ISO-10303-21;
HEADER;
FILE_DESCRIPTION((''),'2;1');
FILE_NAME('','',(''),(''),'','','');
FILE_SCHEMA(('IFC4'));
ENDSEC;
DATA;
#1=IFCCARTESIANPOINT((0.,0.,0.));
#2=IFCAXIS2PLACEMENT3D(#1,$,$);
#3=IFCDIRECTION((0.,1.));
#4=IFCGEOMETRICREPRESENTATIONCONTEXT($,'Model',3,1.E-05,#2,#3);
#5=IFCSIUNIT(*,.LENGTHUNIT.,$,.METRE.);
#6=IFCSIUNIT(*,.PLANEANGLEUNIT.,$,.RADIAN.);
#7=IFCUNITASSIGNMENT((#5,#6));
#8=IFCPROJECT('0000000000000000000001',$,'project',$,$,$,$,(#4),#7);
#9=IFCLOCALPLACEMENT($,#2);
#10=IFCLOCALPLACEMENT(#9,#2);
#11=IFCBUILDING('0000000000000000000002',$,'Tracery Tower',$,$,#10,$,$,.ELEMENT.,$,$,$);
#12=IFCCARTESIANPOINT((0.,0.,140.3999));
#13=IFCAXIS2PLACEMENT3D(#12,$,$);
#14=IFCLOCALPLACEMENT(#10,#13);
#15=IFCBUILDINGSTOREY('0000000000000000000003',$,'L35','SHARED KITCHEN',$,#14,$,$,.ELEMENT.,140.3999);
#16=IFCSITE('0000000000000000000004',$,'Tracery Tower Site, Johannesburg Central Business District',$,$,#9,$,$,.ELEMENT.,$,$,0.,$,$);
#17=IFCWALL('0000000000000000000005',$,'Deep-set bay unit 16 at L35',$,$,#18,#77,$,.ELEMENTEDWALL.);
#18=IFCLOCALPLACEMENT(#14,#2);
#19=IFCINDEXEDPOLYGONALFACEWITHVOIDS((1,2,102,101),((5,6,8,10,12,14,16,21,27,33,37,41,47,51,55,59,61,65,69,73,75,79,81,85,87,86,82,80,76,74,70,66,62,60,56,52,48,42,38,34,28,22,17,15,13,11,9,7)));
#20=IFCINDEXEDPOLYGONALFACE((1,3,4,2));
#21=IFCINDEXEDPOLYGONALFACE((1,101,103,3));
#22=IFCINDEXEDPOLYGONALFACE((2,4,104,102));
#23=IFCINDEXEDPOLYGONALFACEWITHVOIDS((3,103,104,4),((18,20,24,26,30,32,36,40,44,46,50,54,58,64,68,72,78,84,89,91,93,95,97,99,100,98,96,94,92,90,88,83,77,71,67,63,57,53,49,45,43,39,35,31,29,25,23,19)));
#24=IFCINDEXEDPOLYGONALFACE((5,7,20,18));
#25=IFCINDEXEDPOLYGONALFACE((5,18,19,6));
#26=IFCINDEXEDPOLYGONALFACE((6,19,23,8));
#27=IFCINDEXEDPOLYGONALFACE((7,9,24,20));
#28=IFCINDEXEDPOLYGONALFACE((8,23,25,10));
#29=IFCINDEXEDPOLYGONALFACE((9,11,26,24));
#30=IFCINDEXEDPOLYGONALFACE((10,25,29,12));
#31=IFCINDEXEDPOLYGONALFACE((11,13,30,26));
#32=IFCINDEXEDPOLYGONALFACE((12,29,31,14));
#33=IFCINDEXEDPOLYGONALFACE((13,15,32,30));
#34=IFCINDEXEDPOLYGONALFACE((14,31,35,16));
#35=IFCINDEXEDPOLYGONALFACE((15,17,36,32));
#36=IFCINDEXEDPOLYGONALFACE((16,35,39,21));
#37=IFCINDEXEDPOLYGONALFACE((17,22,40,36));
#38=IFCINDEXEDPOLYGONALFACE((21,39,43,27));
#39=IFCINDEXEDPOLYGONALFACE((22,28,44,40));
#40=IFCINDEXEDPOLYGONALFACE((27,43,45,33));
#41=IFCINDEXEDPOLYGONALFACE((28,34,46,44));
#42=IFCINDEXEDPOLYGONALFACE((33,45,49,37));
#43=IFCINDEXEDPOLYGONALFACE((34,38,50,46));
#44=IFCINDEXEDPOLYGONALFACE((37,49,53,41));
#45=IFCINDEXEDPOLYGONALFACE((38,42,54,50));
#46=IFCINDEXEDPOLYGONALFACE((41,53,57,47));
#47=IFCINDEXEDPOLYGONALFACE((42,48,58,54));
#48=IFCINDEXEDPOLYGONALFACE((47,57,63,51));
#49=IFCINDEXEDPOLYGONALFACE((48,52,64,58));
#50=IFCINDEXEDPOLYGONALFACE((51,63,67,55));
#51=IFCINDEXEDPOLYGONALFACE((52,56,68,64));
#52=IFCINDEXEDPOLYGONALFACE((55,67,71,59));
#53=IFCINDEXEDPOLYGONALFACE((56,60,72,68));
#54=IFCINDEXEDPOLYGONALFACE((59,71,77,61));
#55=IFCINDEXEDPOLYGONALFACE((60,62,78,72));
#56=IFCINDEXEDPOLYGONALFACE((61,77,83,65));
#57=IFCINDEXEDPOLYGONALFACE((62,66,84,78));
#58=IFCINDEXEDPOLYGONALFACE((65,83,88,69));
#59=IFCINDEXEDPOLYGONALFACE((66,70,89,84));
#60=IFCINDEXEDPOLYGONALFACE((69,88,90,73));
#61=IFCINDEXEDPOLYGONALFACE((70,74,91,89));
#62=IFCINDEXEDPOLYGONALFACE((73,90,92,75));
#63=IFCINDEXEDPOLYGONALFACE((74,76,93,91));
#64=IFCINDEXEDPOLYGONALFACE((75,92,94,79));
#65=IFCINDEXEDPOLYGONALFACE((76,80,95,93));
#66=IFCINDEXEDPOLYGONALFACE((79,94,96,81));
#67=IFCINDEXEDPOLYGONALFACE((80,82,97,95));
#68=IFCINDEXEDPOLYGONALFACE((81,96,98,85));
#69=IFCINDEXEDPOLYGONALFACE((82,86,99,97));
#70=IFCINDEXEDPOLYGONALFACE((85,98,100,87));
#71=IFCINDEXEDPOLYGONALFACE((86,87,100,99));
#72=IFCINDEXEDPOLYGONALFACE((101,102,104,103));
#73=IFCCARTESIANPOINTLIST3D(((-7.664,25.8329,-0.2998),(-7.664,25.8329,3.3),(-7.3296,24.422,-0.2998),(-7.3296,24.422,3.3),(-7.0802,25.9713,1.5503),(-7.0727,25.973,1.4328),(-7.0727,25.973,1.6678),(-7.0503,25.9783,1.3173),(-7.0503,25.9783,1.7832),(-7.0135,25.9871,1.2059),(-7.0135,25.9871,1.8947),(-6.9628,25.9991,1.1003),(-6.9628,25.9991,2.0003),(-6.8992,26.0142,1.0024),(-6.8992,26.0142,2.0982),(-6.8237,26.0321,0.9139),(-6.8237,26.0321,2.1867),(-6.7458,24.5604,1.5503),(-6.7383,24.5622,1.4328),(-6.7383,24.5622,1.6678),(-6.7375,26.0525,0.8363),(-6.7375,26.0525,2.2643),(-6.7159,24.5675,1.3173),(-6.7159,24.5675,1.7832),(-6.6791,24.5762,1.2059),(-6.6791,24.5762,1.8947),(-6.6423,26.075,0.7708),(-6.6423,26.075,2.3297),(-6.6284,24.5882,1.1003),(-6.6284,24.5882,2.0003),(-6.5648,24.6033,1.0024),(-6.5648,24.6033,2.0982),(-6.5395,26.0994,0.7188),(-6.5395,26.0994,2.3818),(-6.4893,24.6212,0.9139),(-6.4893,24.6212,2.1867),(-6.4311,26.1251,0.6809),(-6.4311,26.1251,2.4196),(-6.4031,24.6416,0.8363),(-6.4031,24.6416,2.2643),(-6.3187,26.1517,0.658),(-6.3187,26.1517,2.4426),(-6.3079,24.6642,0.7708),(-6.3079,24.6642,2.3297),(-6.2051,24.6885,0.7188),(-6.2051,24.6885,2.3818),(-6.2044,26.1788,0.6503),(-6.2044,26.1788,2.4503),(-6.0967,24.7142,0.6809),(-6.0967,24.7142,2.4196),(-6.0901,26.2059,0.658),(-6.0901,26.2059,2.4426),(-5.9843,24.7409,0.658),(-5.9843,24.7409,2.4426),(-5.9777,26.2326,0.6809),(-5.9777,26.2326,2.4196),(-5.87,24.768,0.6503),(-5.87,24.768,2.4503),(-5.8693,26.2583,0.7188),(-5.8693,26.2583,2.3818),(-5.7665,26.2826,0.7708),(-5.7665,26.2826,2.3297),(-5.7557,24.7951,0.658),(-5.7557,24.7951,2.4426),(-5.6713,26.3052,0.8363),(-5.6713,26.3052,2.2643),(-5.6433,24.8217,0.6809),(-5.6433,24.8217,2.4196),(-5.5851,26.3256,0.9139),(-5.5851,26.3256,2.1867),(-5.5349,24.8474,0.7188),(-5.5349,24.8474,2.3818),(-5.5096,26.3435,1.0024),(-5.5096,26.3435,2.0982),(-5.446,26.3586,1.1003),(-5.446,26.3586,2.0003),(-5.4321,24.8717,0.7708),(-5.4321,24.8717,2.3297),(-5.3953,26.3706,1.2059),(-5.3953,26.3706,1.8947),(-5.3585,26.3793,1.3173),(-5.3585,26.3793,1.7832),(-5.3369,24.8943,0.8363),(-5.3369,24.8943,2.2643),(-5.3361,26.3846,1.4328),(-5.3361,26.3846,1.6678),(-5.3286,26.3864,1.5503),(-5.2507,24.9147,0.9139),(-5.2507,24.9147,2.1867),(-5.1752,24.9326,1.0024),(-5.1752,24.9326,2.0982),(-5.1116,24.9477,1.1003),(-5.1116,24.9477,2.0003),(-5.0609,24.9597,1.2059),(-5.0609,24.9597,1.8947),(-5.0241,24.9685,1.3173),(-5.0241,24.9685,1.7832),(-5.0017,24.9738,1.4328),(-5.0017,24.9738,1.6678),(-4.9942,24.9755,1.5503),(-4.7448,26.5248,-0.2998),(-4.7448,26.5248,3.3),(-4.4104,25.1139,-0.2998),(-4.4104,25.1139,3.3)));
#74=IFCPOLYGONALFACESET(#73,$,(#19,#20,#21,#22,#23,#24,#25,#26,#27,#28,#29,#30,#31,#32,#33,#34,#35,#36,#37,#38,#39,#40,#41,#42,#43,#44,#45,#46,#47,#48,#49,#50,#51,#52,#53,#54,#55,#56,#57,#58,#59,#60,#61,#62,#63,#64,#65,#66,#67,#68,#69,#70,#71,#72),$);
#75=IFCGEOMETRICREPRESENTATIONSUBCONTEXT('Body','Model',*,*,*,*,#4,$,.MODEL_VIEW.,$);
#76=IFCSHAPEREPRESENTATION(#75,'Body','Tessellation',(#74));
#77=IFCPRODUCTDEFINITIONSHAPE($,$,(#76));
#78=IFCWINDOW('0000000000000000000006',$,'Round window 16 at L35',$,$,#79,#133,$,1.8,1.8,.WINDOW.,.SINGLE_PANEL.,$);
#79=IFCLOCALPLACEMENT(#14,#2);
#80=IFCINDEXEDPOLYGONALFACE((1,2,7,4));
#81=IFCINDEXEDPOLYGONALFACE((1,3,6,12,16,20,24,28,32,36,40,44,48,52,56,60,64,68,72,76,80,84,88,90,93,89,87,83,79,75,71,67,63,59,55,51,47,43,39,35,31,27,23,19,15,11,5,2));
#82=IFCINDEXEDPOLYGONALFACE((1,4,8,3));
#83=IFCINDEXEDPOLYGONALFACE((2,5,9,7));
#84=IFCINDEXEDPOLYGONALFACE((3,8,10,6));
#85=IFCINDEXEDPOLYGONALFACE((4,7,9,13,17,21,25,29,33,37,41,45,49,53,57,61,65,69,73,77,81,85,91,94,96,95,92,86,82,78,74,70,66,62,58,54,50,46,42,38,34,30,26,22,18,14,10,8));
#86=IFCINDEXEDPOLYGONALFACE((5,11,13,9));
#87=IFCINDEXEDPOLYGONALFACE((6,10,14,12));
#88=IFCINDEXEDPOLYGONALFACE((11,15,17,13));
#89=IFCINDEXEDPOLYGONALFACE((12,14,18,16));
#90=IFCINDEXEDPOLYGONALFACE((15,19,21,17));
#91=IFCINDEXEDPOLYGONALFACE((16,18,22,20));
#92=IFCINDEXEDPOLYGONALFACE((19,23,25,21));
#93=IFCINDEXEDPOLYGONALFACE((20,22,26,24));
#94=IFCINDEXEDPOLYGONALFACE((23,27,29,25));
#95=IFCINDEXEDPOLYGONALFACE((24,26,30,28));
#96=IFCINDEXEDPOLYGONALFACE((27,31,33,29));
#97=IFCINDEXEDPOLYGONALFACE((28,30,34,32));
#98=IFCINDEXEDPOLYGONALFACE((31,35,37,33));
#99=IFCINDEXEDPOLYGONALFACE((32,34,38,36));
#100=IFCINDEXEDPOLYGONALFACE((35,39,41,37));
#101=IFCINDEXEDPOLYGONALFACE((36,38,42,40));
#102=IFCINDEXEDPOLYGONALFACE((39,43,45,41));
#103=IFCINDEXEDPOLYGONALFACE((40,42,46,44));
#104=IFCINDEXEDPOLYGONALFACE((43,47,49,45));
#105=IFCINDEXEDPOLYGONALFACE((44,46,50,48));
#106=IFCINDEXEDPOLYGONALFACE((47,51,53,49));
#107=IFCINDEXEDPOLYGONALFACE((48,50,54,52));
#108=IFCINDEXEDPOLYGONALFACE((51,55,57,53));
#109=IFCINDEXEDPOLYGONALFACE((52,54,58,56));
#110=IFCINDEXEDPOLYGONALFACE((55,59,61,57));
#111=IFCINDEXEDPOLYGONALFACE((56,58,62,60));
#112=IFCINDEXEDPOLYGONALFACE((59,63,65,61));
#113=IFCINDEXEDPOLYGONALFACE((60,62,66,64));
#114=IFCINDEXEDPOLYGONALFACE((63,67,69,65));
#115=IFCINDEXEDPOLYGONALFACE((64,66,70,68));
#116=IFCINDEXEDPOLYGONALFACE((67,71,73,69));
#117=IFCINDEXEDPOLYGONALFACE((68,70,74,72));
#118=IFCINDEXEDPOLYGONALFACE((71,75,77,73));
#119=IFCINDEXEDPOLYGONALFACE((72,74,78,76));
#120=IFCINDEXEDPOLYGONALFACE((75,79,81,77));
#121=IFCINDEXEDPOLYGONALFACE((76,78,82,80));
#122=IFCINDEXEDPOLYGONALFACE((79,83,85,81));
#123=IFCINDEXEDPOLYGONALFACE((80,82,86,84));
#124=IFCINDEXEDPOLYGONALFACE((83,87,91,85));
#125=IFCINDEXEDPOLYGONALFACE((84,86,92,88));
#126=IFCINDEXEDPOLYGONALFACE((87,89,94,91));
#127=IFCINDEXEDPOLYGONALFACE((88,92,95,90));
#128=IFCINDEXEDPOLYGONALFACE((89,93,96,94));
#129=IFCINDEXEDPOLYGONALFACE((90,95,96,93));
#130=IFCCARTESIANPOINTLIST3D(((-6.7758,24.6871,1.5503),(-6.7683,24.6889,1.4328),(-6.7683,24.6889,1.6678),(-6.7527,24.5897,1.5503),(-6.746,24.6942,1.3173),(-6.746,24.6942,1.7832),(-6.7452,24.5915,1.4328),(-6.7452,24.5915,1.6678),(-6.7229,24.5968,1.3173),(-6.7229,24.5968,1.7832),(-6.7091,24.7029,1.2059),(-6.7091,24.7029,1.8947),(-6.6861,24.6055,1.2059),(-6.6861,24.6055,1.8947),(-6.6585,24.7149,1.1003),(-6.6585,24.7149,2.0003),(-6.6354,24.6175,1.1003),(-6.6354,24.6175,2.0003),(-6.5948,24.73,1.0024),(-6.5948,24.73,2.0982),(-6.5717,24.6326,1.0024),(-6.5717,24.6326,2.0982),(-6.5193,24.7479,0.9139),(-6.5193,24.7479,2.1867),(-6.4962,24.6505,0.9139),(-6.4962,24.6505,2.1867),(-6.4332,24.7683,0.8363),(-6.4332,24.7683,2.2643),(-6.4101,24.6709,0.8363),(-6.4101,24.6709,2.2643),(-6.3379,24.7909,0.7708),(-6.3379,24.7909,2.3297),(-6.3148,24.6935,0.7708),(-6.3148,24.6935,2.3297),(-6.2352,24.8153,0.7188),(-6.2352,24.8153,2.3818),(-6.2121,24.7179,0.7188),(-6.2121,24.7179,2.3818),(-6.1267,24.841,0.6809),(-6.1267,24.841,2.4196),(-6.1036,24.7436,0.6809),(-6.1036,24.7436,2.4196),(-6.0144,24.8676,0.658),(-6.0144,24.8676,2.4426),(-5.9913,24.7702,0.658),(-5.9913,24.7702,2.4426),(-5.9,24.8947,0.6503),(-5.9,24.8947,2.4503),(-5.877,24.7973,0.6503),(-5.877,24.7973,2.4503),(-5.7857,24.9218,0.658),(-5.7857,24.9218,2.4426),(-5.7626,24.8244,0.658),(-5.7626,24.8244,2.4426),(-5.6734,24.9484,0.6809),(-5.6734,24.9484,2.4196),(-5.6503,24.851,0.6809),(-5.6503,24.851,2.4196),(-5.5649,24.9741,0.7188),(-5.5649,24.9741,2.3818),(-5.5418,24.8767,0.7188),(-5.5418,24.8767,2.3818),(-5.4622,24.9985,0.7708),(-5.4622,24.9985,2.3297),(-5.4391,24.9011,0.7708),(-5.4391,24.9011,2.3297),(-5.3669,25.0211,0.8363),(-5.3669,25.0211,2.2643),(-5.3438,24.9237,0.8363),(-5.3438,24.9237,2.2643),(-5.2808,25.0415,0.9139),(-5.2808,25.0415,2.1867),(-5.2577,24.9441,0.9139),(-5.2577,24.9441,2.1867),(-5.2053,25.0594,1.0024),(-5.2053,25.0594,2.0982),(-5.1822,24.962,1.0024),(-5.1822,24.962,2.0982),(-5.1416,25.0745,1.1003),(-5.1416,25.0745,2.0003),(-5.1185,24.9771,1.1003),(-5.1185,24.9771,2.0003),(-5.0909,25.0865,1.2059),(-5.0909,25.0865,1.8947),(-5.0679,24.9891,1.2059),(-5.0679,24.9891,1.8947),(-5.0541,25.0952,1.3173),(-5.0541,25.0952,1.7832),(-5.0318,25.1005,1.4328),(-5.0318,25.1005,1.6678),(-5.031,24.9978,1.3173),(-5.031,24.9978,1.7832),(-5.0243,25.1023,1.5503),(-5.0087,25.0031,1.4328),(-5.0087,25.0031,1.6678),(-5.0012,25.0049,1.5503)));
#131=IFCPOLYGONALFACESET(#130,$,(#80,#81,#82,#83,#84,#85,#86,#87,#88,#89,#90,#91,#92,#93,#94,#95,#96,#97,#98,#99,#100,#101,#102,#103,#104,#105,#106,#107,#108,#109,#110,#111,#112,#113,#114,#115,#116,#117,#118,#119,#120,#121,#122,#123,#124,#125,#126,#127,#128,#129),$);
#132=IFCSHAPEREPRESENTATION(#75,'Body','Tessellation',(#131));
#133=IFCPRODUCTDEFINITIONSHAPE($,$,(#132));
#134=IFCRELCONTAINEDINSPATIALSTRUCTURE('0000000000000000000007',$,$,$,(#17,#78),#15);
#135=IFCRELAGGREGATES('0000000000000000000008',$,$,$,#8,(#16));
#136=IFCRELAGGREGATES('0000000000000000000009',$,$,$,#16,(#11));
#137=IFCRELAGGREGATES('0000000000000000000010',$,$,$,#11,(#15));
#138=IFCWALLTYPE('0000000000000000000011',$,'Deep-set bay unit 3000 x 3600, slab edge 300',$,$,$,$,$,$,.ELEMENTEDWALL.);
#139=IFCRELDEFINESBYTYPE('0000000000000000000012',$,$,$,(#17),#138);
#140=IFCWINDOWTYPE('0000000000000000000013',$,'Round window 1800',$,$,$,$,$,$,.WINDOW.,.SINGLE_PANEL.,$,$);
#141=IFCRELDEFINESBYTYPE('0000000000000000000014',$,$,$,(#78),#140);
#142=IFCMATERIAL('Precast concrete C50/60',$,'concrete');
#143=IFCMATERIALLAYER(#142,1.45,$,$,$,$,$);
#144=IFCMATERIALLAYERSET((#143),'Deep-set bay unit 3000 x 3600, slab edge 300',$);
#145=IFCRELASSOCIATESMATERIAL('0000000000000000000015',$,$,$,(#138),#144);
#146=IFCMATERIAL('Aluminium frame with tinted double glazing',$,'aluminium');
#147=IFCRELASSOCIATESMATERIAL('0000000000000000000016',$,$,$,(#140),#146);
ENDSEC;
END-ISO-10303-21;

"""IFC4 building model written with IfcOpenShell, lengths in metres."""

from ifc_helpers import new_model, si_unit, direction, frame, frame_2d, origin, origin_2d, place, context, subcontext, project, spatial, rectangle, circle, extrude, material, layer, layer_set, type_object, element, fill, save


model = new_model("IFC4")

# Units and contexts
model_context = context("Model", 3, precision=1e-05, world=origin(), true_north=direction((0.0, 1.0)))
body_context = subcontext(model_context, "Body", "Model", "MODEL_VIEW")
ifc_project = project(units=[si_unit("LENGTHUNIT", "METRE"), si_unit("PLANEANGLEUNIT", "RADIAN")], contexts=[model_context])

# Site, building, storey
site_placement = place(None, origin())
site = spatial("IfcSite", under=ifc_project, at=site_placement, Name="Tracery Tower Site, Johannesburg Central Business District", CompositionType="ELEMENT", RefElevation=0.0)
building_placement = place(site_placement, origin())
building = spatial("IfcBuilding", under=site, at=building_placement, Name="Tracery Tower", CompositionType="ELEMENT")
storey_placement = place(building_placement, frame((0.0, 0.0, 140.3999)))
storey = spatial("IfcBuildingStorey", under=building, at=storey_placement, Name="L35", Description="SHARED KITCHEN", CompositionType="ELEMENT", Elevation=140.3999)

# Wall, opening, window
ifc_material_1 = material(Name="Precast concrete C50/60", Category="concrete")
ifc_layer_1 = layer(ifc_material_1, 1.45)
ifc_layer_set_1 = layer_set([ifc_layer_1], Name="Deep-set bay unit 3000 x 3600, slab edge 300")
wall_type_1 = type_object("IfcWallType", Name="Deep-set bay unit 3000 x 3600, slab edge 300", PredefinedType="ELEMENTEDWALL", material=ifc_layer_set_1)
wall_1_placement = place(storey_placement, frame((-4.5776, 25.8193, -0.2998), z_axis=(0.0, 0.0, 1.0), x_axis=(-0.973042, -0.230627, 0.0)))
wall_1 = element("IfcWall", 1, at=wall_1_placement, inside=storey, type_object=wall_type_1, Name="Deep-set bay unit 16 at L35", PredefinedType="ELEMENTEDWALL", context=body_context, shape_type="SweptSolid", body=[
    extrude(rectangle(XDim=3.0, YDim=1.45, at=frame_2d((1.5, 0.0))), origin(), (0.0, 0.0, 1.0), 3.5999),
])
opening_1_placement = place(wall_1_placement, frame((1.5, 0.0, 1.8501)))
opening_1 = element("IfcOpeningElement", 2, at=opening_1_placement, cuts=wall_1, PredefinedType="OPENING", context=body_context, shape_type="SweptSolid", body=[
    extrude(circle(Radius=0.9, at=origin_2d()), frame((0.0, 0.7349, 0.0), z_axis=(0.0, -1.0, 0.0), x_axis=(1.0, 0.0, 0.0)), (0.0, 0.0, 1.0), 1.47),
])
ifc_material_2 = material(Name="Aluminium frame with tinted double glazing", Category="aluminium")
window_type = type_object("IfcWindowType", Name="Round window 1800", PartitioningType="SINGLE_PANEL", PredefinedType="WINDOW", material=ifc_material_2)
window_1_placement = place(opening_1_placement, origin())
window_1 = element("IfcWindow", 3, at=window_1_placement, inside=storey, type_object=window_type, Name="Round window 16 at L35", OverallHeight=1.8, OverallWidth=1.8, PartitioningType="SINGLE_PANEL", PredefinedType="WINDOW", context=body_context, shape_type="SweptSolid", body=[
    extrude(circle(Radius=0.9, at=origin_2d()), frame((0.0, 0.6948, 0.0), z_axis=(0.0, -1.0, 0.0), x_axis=(1.0, 0.0, 0.0)), (0.0, 0.0, 1.0), 0.1001),
])
fill(opening_1, window_1)

save(model, "model.ifc")
